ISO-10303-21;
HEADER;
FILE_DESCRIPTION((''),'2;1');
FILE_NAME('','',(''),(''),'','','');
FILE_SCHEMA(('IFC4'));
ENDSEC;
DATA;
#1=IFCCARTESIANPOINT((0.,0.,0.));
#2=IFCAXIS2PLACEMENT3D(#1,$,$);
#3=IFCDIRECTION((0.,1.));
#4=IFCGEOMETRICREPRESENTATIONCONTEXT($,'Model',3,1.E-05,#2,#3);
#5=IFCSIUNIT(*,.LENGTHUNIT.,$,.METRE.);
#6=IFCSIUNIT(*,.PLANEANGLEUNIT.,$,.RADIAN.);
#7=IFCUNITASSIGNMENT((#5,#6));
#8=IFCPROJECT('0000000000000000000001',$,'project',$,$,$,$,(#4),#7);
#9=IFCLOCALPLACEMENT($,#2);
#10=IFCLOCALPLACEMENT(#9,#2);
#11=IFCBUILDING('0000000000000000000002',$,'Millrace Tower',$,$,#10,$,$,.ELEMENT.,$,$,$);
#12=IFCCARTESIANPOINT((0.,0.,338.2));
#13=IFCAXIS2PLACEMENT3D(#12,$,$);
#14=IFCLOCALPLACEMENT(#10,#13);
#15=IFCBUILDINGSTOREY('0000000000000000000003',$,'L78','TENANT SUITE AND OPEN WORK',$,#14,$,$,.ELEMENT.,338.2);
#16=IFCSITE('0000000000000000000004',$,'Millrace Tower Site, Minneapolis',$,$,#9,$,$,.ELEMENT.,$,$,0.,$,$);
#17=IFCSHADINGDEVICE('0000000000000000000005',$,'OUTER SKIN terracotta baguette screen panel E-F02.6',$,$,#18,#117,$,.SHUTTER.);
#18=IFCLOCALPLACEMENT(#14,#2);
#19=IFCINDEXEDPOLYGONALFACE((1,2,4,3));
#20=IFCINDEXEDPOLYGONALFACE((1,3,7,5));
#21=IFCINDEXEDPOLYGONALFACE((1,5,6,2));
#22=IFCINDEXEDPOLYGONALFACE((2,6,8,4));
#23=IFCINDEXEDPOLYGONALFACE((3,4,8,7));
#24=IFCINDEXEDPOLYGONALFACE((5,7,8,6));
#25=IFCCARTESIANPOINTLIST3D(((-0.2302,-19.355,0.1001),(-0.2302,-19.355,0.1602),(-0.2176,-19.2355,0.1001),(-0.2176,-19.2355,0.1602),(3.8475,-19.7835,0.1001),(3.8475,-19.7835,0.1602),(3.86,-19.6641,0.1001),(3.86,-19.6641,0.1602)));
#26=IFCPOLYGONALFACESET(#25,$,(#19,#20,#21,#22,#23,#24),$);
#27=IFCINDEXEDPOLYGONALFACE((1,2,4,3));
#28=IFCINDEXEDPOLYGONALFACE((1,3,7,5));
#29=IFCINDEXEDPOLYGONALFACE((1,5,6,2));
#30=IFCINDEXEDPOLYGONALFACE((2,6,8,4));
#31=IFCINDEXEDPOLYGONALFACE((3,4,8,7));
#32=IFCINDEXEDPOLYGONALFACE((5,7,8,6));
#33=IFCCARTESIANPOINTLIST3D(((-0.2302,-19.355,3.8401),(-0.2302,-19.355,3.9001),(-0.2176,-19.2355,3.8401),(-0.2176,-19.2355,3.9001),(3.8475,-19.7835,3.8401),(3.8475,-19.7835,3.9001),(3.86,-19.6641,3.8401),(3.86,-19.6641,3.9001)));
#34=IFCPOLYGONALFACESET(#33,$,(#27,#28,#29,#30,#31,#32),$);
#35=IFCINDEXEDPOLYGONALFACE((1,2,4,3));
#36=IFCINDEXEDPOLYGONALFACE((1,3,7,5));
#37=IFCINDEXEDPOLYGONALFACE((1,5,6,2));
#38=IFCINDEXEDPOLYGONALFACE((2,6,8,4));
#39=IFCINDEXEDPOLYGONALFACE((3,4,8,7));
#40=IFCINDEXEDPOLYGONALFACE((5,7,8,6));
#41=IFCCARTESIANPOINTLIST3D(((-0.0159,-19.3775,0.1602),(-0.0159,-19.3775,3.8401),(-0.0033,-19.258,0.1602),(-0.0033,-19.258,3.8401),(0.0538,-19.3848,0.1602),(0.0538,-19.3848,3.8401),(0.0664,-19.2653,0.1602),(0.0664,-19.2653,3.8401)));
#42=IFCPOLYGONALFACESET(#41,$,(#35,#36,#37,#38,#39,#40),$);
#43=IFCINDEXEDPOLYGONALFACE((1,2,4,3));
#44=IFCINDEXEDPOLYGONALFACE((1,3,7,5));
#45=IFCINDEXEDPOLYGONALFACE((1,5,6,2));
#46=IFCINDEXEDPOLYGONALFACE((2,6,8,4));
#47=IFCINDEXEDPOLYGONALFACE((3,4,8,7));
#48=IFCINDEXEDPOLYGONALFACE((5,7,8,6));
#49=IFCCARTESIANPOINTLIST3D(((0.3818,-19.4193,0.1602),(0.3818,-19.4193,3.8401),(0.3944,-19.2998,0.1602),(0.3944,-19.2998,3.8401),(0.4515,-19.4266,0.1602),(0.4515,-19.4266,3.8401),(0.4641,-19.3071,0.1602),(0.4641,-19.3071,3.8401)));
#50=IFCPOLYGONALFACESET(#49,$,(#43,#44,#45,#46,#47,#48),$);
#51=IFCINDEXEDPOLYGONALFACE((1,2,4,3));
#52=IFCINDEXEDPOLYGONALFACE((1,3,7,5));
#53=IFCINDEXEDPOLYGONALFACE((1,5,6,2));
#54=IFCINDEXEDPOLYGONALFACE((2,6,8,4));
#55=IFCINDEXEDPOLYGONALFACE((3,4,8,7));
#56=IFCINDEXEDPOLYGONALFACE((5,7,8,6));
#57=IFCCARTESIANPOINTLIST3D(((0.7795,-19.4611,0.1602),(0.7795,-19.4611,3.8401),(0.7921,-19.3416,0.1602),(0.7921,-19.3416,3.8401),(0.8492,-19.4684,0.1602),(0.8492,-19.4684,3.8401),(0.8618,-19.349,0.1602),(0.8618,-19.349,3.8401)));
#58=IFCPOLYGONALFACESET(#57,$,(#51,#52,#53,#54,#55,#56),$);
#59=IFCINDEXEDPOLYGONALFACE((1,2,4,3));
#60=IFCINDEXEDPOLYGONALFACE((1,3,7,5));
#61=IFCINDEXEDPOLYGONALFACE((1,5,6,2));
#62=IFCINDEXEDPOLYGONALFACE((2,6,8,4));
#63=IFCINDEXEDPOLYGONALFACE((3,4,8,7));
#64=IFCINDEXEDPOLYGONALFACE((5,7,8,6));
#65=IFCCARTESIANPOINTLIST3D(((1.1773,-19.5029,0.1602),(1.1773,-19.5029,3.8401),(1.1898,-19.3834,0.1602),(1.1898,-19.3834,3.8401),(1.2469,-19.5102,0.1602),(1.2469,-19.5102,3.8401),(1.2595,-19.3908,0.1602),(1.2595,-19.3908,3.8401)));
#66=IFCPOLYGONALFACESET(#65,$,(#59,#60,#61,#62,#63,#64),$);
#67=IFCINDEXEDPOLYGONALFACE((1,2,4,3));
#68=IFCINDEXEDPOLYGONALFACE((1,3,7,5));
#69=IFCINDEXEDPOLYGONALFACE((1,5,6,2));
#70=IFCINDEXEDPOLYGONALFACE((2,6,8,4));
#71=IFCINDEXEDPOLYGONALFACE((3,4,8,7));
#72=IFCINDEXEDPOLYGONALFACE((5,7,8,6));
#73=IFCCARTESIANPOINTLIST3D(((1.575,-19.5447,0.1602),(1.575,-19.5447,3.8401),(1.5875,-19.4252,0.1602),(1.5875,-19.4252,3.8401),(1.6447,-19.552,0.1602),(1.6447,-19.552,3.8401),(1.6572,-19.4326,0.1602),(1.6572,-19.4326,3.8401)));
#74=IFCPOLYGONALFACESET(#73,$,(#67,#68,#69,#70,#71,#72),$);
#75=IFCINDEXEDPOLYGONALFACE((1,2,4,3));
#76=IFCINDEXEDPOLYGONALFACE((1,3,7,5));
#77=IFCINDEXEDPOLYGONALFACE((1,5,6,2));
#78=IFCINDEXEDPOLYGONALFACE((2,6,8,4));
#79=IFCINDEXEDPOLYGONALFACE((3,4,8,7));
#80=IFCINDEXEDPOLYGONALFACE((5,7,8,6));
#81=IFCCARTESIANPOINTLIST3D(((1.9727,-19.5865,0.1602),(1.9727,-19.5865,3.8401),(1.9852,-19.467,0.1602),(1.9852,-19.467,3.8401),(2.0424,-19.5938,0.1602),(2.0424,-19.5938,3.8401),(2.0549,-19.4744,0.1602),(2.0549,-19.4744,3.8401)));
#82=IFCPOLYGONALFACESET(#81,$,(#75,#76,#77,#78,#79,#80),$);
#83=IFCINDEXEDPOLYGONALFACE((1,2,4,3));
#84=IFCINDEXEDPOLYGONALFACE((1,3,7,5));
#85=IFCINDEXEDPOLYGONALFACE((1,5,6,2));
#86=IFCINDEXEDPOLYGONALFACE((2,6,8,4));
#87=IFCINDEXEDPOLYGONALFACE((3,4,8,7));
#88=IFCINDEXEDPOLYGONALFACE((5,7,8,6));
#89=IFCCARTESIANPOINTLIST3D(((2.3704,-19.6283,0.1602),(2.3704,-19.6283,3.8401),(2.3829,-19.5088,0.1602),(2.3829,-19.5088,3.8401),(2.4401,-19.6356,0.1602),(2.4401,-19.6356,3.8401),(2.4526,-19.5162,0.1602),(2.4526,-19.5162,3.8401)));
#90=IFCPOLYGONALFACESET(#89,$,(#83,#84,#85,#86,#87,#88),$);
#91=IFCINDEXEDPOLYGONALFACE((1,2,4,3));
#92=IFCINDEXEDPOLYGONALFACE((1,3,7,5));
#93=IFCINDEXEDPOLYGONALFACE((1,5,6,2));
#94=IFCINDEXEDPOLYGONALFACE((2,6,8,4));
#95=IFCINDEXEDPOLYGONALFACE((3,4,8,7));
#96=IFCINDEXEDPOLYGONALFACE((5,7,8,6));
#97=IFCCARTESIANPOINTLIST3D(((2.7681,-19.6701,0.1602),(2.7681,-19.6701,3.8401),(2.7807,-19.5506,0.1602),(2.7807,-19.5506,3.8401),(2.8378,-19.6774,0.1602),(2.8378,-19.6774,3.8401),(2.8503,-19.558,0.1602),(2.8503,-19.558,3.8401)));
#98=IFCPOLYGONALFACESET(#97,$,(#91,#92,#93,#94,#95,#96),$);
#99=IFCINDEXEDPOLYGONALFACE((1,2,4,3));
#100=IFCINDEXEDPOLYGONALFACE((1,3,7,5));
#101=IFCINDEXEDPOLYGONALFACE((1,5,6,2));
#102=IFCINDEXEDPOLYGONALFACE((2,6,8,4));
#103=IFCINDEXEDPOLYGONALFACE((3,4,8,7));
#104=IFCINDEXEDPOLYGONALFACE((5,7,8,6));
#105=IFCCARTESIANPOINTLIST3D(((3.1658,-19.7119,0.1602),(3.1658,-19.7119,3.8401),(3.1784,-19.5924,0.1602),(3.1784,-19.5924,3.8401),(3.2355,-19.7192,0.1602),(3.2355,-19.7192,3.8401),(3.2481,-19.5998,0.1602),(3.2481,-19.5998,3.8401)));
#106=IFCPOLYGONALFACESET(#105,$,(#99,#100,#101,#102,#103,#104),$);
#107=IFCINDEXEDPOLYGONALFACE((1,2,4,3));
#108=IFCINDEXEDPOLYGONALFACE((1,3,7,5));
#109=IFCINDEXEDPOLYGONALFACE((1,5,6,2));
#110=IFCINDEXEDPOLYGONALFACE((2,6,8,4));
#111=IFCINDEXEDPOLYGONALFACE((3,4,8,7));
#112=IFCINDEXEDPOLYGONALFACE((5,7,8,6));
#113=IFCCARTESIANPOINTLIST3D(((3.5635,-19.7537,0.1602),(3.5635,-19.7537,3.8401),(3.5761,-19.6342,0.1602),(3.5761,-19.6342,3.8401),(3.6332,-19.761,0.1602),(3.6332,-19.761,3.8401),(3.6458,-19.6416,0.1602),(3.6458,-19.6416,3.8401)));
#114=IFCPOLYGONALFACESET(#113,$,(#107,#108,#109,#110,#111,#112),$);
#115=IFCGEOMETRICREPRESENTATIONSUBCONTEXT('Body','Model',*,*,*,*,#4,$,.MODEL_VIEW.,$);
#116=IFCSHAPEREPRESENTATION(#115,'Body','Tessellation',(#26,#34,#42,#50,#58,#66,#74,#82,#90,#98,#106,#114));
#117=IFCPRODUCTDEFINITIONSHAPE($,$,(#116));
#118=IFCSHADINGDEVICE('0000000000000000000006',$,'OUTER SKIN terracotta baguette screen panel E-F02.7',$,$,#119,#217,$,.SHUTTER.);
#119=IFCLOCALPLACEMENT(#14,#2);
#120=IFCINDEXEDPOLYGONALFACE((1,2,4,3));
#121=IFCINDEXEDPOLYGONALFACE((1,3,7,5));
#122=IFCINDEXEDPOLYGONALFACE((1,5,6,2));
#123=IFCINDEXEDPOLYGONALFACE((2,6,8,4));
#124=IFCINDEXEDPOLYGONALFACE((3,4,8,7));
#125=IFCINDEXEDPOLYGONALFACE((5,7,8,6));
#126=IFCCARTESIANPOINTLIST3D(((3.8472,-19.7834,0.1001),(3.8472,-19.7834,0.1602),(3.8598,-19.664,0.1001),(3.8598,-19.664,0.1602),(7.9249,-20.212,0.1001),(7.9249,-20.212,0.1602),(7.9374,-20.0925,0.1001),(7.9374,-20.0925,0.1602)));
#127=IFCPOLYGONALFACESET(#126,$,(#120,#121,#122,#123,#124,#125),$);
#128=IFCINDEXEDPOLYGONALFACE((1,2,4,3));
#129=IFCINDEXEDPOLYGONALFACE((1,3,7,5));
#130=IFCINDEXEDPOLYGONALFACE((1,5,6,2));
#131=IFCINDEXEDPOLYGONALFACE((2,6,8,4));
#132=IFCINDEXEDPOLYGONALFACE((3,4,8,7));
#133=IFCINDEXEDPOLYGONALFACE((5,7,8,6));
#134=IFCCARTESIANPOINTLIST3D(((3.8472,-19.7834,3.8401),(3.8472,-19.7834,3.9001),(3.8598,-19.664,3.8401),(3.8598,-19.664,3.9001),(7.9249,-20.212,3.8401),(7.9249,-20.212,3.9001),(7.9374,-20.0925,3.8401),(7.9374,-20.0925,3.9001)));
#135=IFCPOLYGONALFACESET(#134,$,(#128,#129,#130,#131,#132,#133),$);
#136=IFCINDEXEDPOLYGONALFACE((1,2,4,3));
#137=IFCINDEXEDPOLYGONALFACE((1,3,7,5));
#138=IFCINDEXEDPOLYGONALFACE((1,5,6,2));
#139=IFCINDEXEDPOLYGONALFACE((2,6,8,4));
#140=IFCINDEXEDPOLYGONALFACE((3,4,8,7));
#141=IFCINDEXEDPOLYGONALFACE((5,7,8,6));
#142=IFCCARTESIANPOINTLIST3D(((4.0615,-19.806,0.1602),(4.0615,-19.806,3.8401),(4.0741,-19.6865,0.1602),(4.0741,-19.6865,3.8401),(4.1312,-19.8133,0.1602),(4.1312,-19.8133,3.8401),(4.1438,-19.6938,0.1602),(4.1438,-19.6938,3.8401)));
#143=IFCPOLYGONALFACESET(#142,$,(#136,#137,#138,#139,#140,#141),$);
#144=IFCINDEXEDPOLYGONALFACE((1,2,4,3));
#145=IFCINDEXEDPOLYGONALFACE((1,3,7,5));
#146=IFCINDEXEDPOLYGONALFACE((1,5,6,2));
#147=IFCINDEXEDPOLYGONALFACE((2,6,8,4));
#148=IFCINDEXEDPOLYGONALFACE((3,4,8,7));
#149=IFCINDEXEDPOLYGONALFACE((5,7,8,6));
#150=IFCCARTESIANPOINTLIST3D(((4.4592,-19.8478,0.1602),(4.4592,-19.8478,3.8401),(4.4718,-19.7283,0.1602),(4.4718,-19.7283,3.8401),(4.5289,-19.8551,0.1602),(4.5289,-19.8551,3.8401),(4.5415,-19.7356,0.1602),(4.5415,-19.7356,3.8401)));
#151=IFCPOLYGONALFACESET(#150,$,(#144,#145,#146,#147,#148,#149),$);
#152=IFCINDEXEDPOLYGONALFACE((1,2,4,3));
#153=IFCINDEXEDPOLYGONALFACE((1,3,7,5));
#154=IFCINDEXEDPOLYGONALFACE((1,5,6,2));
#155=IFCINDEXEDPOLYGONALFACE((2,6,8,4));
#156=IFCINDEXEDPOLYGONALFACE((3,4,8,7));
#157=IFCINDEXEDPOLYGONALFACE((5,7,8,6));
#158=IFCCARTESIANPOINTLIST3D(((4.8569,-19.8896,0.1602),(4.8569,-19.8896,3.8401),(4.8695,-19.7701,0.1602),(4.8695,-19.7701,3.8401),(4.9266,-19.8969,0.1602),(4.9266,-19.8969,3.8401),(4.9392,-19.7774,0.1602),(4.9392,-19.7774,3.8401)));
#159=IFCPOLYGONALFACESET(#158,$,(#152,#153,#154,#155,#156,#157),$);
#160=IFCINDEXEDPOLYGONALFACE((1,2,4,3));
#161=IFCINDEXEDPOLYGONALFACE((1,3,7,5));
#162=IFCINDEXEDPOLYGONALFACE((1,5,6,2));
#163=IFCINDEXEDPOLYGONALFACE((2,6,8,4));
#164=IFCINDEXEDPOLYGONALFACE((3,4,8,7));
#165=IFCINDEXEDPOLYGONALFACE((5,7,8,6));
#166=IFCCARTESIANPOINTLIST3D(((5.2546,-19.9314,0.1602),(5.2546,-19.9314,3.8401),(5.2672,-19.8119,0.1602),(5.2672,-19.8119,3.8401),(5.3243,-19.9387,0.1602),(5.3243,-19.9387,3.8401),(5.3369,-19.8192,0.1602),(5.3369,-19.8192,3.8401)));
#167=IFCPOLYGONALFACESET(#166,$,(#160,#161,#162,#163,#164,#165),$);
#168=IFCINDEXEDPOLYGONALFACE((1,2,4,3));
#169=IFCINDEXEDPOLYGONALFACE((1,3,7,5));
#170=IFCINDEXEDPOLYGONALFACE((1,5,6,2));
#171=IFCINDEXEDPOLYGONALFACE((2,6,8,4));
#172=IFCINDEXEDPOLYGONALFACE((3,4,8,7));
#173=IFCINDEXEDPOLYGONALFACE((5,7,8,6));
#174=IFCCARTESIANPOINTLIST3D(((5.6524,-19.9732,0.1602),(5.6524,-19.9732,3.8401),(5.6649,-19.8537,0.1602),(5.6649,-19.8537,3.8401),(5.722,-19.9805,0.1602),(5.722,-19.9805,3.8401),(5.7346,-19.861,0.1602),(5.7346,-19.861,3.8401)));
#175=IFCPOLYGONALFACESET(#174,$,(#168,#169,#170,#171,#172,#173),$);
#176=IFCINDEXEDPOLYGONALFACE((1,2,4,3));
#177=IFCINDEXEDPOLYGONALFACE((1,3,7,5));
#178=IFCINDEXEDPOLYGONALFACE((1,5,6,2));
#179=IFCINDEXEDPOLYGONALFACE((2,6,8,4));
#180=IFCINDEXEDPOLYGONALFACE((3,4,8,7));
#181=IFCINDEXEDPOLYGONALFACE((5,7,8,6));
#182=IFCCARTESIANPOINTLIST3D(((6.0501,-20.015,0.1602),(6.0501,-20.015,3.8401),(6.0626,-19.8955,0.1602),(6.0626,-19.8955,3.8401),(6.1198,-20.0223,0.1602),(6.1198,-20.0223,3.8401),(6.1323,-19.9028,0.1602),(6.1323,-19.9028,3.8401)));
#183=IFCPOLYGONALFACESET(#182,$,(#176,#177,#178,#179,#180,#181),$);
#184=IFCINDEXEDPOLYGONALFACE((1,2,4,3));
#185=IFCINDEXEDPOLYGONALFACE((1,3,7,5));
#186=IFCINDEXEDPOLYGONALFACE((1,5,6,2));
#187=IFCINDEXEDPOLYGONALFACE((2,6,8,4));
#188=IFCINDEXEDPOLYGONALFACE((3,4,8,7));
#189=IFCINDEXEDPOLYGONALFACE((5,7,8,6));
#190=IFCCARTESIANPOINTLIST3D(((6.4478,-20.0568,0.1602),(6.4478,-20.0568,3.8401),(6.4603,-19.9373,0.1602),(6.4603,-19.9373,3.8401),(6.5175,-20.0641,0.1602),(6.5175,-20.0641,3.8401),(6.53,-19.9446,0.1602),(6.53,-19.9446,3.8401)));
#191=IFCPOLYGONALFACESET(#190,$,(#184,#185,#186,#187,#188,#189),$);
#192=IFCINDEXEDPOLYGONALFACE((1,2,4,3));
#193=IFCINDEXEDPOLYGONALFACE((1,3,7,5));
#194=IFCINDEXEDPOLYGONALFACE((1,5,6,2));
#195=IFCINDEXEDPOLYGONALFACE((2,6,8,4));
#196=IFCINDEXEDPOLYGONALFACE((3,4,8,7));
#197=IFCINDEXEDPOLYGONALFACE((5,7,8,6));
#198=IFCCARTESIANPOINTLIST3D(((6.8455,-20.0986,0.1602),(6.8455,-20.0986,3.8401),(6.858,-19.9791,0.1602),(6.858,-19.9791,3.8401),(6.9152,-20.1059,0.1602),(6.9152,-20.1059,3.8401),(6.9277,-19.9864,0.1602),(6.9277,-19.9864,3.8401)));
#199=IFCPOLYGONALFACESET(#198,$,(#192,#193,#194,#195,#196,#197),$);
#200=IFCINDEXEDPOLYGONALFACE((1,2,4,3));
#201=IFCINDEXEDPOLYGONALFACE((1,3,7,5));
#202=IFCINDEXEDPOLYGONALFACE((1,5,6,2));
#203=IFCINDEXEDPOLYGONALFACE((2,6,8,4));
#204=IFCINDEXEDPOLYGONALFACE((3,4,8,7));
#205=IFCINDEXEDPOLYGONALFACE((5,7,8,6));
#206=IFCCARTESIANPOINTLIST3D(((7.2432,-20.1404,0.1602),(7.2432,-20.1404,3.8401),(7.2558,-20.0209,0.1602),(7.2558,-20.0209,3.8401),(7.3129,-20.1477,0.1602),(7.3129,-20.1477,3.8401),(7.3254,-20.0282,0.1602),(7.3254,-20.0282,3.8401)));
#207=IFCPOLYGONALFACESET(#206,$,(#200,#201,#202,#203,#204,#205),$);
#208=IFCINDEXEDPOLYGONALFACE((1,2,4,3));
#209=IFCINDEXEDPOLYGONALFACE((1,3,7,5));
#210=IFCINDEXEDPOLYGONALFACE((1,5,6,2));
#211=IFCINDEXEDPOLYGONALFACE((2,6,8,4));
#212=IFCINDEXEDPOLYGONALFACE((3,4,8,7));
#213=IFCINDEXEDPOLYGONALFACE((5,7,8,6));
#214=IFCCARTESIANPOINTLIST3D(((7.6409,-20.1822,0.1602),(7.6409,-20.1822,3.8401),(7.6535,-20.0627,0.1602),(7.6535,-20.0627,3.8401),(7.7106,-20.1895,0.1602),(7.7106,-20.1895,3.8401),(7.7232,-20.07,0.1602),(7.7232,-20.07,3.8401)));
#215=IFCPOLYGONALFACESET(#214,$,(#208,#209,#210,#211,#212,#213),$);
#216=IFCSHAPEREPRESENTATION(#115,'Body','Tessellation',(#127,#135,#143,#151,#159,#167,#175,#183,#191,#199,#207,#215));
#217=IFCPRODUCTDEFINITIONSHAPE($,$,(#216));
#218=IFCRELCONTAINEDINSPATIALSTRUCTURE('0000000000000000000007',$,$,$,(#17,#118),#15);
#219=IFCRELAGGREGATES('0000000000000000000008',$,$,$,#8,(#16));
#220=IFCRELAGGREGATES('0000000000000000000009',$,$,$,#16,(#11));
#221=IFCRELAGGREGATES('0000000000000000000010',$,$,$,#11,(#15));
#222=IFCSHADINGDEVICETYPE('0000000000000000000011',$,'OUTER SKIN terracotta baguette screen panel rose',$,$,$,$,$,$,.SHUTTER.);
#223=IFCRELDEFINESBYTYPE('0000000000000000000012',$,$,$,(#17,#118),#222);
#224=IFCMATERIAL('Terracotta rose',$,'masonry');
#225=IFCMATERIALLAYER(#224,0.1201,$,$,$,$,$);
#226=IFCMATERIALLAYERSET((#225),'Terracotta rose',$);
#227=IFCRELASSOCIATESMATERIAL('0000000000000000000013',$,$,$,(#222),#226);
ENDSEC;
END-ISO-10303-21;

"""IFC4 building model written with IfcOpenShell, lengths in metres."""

from ifc_helpers import new_model, entity, si_unit, direction, frame, frame_2d, origin, place, context, subcontext, project, spatial, rectangle, extrude, source, transform, mapped, material, layer, layer_set, type_object, element, save


model = new_model("IFC4")

# Units and contexts
model_context = context("Model", 3, precision=1e-05, world=origin(), true_north=direction((0.0, 1.0)))
body_context = subcontext(model_context, "Body", "Model", "MODEL_VIEW")
ifc_project = project(units=[si_unit("LENGTHUNIT", "METRE"), si_unit("PLANEANGLEUNIT", "RADIAN")], contexts=[model_context])

# Site, building, storey
site_placement = place(None, origin())
site = spatial("IfcSite", under=ifc_project, at=site_placement, Name="Millrace Tower Site, Minneapolis", CompositionType="ELEMENT", RefElevation=0.0)
building_placement = place(site_placement, origin())
building = spatial("IfcBuilding", under=site, at=building_placement, Name="Millrace Tower", CompositionType="ELEMENT")
storey_placement = place(building_placement, frame((0.0, 0.0, 338.2)))
storey = spatial("IfcBuildingStorey", under=building, at=storey_placement, Name="L78", Description="TENANT SUITE AND OPEN WORK", CompositionType="ELEMENT", Elevation=338.2)

# Shading devices
ifc_material_1 = material(Name="Terracotta rose", Category="masonry")
ifc_layer_1 = layer(ifc_material_1, 0.1201)
ifc_layer_set_1 = layer_set([ifc_layer_1], Name="Terracotta rose")
shading_device_type = type_object("IfcShadingDeviceType", Name="OUTER SKIN terracotta baguette screen panel rose", PredefinedType="SHUTTER", material=ifc_layer_set_1)
cartesian_point = entity("IfcCartesianPoint", [-2.05, 0.0601])
shared_polyline = entity("IfcPolyline", [cartesian_point, entity("IfcCartesianPoint", [2.05, 0.0601]), entity("IfcCartesianPoint", [2.05, -0.0601]), entity("IfcCartesianPoint", [-2.05, -0.0601]), cartesian_point])
shared_shape = source(origin(), body_context, "Body", "SweptSolid", [
    entity("IfcExtrudedAreaSolid", entity("IfcArbitraryClosedProfileDef", "AREA", None, shared_polyline), entity("IfcAxis2Placement3D", entity("IfcCartesianPoint", [0.0, 0.0, 0.0])), entity("IfcDirection", [0.0, 0.0, 1.0]), 0.0601),
    entity("IfcExtrudedAreaSolid", entity("IfcArbitraryClosedProfileDef", "AREA", None, shared_polyline), entity("IfcAxis2Placement3D", entity("IfcCartesianPoint", [0.0, 0.0, 3.74])), entity("IfcDirection", [0.0, 0.0, 1.0]), 0.0601),
    extrude(rectangle(XDim=0.0701, YDim=0.1201, at=frame_2d((-1.7996, 0.0))), frame((0.0, 0.0, 0.0601)), (0.0, 0.0, 1.0), 3.6799),
    extrude(rectangle(XDim=0.0701, YDim=0.1201, at=frame_2d((-1.3997, 0.0))), frame((0.0, 0.0, 0.0601)), (0.0, 0.0, 1.0), 3.6799),
    extrude(rectangle(XDim=0.0701, YDim=0.1201, at=frame_2d((-0.9998, 0.0))), frame((0.0, 0.0, 0.0601)), (0.0, 0.0, 1.0), 3.6799),
    extrude(rectangle(XDim=0.0701, YDim=0.1201, at=frame_2d((-0.5999, 0.0))), frame((0.0, 0.0, 0.0601)), (0.0, 0.0, 1.0), 3.6799),
    extrude(rectangle(XDim=0.0701, YDim=0.1201, at=frame_2d((-0.2, 0.0))), frame((0.0, 0.0, 0.0601)), (0.0, 0.0, 1.0), 3.6799),
    extrude(rectangle(XDim=0.0701, YDim=0.1201, at=frame_2d((0.2, 0.0))), frame((0.0, 0.0, 0.0601)), (0.0, 0.0, 1.0), 3.6799),
    extrude(rectangle(XDim=0.0701, YDim=0.1201, at=frame_2d((0.5999, 0.0))), frame((0.0, 0.0, 0.0601)), (0.0, 0.0, 1.0), 3.6799),
    extrude(rectangle(XDim=0.0701, YDim=0.1201, at=frame_2d((0.9998, 0.0))), frame((0.0, 0.0, 0.0601)), (0.0, 0.0, 1.0), 3.6799),
    extrude(rectangle(XDim=0.0701, YDim=0.1201, at=frame_2d((1.3997, 0.0))), frame((0.0, 0.0, 0.0601)), (0.0, 0.0, 1.0), 3.6799),
    extrude(rectangle(XDim=0.0701, YDim=0.1201, at=frame_2d((1.7996, 0.0))), frame((0.0, 0.0, 0.0601)), (0.0, 0.0, 1.0), 3.6799),
])
for number, where, z_axis, x_axis, name in (
    (1, (1.8149, -19.5095, 0.1001), (0.0, 0.0, 1.0), (0.994522, -0.104528, 0.0), "OUTER SKIN terracotta baguette screen panel E-F02.6"),
    (2, (5.8923, -19.938, 0.1001), (0.0, 0.0, 1.0), (0.994522, -0.104528, 0.0), "OUTER SKIN terracotta baguette screen panel E-F02.7"),
):
    element("IfcShadingDevice", number, at=place(storey_placement, frame(where, z_axis=z_axis, x_axis=x_axis)), inside=storey, type_object=shading_device_type, Name=name, PredefinedType="SHUTTER", context=body_context, shape_type="MappedRepresentation", body=[
        mapped(shared_shape, transform((0.0, 0.0, 0.0), scale=1.0)),
    ])

save(model, "model.ifc")
